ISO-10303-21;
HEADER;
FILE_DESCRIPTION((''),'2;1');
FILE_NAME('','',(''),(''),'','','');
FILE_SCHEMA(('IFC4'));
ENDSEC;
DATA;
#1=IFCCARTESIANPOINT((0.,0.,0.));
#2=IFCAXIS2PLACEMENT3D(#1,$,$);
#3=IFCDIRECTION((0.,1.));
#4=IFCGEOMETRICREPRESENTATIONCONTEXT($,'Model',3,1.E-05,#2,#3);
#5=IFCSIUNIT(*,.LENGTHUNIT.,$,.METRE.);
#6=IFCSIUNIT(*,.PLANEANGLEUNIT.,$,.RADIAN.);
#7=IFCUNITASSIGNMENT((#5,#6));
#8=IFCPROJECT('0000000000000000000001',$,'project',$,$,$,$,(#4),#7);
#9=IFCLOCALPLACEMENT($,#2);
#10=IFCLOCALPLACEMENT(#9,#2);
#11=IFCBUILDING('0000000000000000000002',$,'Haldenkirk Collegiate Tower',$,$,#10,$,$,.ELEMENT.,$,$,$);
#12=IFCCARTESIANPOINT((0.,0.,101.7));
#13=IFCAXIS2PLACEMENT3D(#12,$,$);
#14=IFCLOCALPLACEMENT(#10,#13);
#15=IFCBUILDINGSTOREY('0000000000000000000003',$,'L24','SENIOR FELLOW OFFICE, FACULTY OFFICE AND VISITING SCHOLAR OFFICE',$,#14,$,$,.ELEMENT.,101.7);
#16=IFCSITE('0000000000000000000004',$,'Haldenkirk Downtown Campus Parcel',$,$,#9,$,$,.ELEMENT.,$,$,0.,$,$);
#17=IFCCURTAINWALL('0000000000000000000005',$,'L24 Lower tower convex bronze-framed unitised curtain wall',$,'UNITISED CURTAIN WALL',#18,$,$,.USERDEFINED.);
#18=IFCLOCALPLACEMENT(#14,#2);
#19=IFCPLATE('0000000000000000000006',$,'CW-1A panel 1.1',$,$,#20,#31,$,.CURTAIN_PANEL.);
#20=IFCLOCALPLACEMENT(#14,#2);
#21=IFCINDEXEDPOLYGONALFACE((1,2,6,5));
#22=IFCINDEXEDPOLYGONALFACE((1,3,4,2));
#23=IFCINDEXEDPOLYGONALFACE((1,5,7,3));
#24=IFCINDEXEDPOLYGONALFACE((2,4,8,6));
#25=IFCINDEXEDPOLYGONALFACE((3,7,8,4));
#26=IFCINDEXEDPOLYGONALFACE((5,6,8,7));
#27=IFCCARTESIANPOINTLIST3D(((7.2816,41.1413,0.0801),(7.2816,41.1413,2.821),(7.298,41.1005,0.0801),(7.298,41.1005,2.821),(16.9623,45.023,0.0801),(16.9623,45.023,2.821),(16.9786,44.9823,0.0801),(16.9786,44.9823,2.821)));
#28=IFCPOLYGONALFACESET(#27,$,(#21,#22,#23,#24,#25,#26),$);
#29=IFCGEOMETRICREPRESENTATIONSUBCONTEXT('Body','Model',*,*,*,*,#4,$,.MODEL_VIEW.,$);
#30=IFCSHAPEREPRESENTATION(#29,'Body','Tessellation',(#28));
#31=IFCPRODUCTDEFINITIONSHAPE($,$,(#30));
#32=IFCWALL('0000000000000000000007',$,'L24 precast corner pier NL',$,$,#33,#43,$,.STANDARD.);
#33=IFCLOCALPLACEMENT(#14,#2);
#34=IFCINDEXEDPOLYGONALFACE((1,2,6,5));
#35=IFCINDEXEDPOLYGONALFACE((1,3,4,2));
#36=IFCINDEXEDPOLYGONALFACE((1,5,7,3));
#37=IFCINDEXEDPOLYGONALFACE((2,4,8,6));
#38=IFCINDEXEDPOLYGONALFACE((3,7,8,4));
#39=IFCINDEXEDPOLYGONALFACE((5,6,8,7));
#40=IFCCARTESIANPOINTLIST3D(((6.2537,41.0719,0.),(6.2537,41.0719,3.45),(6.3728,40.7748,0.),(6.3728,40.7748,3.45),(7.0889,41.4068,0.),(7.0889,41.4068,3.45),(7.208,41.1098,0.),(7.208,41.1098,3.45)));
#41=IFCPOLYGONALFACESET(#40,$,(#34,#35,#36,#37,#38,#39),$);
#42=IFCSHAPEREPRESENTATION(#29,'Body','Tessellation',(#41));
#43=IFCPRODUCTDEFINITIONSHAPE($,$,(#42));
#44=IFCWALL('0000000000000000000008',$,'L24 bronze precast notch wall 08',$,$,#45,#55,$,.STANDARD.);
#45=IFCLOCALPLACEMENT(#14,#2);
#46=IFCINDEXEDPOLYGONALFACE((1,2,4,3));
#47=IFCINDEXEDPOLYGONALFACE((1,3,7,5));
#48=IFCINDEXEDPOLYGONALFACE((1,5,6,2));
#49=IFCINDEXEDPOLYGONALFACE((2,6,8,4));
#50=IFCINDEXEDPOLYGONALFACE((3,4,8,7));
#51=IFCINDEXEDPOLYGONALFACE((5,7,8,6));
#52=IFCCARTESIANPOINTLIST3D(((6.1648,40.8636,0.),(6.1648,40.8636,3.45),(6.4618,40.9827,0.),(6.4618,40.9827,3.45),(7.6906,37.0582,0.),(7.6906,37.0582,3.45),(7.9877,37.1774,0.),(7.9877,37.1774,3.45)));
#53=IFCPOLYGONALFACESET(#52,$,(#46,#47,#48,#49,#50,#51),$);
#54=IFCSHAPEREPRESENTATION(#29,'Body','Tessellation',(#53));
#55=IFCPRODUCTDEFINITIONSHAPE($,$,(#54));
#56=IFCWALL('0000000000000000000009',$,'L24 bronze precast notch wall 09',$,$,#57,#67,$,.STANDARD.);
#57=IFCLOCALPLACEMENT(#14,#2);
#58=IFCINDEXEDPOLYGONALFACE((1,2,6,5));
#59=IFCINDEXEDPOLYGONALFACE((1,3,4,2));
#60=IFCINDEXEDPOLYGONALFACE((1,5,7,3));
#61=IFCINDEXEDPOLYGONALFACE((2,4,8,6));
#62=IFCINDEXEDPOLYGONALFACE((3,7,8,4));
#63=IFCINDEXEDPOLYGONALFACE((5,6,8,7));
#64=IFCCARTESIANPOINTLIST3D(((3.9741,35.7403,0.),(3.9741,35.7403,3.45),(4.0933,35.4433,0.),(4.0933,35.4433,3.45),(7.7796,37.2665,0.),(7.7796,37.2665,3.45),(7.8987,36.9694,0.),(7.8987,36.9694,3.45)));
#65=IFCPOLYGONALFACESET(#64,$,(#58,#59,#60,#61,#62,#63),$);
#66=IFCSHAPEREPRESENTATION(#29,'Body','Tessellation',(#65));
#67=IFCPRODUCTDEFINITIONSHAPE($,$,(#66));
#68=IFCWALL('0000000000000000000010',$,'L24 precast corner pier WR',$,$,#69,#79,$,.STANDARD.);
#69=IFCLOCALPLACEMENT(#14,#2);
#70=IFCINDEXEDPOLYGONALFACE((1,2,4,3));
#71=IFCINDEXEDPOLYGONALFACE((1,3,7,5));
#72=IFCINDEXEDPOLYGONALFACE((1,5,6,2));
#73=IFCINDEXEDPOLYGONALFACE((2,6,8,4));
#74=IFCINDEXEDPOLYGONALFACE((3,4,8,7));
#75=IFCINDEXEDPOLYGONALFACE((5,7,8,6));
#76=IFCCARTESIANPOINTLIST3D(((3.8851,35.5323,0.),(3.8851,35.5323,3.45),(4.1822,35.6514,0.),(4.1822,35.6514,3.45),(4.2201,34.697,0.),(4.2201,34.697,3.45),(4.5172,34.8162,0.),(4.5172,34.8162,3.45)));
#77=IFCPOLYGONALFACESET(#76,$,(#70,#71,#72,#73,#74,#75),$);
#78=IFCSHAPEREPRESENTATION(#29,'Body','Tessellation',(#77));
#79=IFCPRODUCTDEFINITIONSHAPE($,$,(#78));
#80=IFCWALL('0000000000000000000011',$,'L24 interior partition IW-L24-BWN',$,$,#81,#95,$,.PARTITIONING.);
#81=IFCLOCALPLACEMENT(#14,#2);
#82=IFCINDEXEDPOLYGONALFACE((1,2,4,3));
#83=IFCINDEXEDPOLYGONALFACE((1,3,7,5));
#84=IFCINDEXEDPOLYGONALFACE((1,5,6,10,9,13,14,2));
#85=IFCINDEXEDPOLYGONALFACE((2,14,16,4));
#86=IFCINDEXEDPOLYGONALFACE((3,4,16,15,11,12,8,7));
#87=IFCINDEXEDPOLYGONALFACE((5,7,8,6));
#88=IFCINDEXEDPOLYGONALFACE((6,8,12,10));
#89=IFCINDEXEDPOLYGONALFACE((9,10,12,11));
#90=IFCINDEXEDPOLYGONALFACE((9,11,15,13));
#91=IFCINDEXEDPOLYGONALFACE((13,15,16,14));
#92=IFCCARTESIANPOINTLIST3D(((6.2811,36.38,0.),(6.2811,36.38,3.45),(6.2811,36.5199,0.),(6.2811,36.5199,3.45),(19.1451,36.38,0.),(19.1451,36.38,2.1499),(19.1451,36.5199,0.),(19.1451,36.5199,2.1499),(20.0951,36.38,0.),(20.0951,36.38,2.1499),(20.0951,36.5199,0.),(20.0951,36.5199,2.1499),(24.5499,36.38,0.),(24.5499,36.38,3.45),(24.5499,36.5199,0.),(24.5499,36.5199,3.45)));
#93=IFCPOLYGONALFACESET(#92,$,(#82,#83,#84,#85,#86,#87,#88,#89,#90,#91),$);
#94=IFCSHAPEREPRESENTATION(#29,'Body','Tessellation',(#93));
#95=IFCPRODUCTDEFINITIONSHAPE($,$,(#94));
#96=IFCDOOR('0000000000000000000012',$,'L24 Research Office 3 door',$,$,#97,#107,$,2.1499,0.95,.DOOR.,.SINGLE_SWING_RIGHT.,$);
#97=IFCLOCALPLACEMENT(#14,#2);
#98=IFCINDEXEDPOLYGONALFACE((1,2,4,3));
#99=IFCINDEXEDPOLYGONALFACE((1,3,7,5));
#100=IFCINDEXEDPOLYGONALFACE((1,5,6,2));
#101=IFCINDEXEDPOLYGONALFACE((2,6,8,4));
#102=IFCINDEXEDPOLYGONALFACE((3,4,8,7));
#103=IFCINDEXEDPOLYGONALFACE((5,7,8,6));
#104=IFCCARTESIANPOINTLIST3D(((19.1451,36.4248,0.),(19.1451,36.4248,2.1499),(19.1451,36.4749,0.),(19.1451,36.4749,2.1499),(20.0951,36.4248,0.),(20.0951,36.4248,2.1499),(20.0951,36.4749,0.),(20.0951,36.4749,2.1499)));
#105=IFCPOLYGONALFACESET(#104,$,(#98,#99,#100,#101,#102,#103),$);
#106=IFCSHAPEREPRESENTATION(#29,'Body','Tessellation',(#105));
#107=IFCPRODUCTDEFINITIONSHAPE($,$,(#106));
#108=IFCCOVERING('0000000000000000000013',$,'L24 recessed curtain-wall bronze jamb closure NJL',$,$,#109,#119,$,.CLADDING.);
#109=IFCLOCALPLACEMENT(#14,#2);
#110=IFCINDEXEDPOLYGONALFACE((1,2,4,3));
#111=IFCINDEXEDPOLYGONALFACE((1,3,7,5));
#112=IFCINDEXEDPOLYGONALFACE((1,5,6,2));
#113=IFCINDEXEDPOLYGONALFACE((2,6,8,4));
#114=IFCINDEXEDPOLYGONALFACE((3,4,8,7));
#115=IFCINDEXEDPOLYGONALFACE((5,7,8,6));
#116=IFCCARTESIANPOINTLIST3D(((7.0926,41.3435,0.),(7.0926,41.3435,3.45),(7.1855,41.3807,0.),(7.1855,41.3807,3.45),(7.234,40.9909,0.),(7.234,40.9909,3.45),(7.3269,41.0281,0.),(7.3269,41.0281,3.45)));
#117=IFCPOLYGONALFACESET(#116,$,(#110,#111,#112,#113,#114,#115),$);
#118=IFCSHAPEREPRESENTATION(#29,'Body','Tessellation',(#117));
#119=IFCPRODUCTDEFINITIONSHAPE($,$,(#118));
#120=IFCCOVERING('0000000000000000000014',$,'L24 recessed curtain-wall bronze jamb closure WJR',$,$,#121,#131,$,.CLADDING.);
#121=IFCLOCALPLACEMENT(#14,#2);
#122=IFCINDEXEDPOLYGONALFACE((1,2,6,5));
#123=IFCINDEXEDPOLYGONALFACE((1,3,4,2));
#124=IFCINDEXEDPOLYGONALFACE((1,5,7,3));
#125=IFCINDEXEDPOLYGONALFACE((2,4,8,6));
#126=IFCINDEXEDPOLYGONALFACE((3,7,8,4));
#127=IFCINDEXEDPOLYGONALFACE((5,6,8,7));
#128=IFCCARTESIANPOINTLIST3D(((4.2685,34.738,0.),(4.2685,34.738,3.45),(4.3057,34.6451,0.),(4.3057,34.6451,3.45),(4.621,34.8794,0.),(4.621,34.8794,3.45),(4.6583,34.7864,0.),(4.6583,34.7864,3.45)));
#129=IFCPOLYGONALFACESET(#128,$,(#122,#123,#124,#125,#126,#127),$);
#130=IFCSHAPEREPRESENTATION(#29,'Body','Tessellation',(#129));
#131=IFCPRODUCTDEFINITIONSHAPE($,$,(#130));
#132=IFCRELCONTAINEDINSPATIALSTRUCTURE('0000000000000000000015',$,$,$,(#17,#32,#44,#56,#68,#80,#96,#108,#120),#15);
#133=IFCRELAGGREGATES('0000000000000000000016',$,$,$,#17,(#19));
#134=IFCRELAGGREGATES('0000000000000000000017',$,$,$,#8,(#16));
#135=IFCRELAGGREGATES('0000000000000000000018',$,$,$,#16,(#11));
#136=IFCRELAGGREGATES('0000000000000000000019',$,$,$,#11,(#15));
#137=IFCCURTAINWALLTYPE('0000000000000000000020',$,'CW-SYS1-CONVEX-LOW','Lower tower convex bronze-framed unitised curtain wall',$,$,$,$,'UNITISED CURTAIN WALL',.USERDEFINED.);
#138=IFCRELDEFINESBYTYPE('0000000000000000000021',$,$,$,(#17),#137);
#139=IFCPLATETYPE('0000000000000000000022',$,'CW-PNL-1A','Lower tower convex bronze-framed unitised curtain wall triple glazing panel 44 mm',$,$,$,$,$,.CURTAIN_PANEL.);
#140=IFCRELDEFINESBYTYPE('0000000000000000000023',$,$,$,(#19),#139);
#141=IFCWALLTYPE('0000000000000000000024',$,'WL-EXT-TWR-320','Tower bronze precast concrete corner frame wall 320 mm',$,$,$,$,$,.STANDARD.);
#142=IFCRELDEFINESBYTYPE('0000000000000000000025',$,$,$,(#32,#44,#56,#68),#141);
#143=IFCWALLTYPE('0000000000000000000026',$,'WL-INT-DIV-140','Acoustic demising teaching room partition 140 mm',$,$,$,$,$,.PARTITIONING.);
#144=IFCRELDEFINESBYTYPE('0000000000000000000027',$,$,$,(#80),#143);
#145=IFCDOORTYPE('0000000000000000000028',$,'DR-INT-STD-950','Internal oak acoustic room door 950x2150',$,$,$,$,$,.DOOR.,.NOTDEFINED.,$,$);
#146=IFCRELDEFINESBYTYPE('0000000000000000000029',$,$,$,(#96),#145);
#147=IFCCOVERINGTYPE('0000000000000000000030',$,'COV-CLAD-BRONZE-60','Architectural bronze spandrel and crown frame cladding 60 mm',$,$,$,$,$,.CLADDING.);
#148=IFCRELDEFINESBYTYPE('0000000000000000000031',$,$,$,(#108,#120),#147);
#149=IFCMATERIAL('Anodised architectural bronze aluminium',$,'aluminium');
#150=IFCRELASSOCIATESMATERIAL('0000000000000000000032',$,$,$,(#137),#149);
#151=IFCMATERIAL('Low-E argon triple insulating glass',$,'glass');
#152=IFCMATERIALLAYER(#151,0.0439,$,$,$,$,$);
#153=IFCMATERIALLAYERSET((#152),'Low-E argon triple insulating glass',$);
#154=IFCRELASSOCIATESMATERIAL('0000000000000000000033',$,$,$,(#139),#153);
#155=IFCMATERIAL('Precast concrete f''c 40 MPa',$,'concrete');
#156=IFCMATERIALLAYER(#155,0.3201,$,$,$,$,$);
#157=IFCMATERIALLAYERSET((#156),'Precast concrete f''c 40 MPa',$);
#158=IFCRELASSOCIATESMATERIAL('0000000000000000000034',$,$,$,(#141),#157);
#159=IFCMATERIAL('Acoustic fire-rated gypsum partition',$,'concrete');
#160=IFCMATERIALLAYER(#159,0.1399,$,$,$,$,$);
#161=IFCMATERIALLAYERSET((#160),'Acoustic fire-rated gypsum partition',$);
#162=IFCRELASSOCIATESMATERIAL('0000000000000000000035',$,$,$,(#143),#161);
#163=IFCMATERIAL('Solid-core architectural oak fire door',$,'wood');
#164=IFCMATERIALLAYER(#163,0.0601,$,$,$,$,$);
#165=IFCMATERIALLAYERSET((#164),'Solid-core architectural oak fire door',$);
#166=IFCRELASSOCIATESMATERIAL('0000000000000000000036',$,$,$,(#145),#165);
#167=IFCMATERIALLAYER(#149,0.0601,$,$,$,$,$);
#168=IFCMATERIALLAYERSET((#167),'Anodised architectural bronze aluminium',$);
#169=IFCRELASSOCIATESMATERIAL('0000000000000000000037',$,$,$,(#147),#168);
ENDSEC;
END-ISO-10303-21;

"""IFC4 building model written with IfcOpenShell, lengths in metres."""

from ifc_helpers import new_model, si_unit, direction, frame, frame_2d, origin, origin_2d, place, context, subcontext, project, spatial, rectangle, extrude, source, transform, mapped, material, layer, layer_set, type_object, element, fill, aggregate, save


model = new_model("IFC4")

# Units and contexts
model_context = context("Model", 3, precision=1e-05, world=origin(), true_north=direction((0.0, 1.0)))
body_context = subcontext(model_context, "Body", "Model", "MODEL_VIEW")
ifc_project = project(units=[si_unit("LENGTHUNIT", "METRE"), si_unit("PLANEANGLEUNIT", "RADIAN")], contexts=[model_context])

# Site, building, storey
site_placement = place(None, origin())
site = spatial("IfcSite", under=ifc_project, at=site_placement, Name="Haldenkirk Downtown Campus Parcel", CompositionType="ELEMENT", RefElevation=0.0)
building_placement = place(site_placement, origin())
building = spatial("IfcBuilding", under=site, at=building_placement, Name="Haldenkirk Collegiate Tower", CompositionType="ELEMENT")
storey_placement = place(building_placement, frame((0.0, 0.0, 101.7)))
storey = spatial("IfcBuildingStorey", under=building, at=storey_placement, Name="L24", Description="SENIOR FELLOW OFFICE, FACULTY OFFICE AND VISITING SCHOLAR OFFICE", CompositionType="ELEMENT", Elevation=101.7)

# Curtain wall
ifc_material_1 = material(Name="Anodised architectural bronze aluminium", Category="aluminium")
curtain_wall_type = type_object("IfcCurtainWallType", Name="CW-SYS1-CONVEX-LOW", Description="Lower tower convex bronze-framed unitised curtain wall", ElementType="UNITISED CURTAIN WALL", PredefinedType="USERDEFINED", material=ifc_material_1)
curtain_wall_1_placement = place(storey_placement, origin())
curtain_wall_1 = element("IfcCurtainWall", 1, at=curtain_wall_1_placement, inside=storey, type_object=curtain_wall_type, Name="L24 Lower tower convex bronze-framed unitised curtain wall", ObjectType="UNITISED CURTAIN WALL", PredefinedType="USERDEFINED")

# Plate
ifc_material_2 = material(Name="Low-E argon triple insulating glass", Category="glass")
ifc_layer_1 = layer(ifc_material_2, 0.0439)
ifc_layer_set_1 = layer_set([ifc_layer_1], Name="Low-E argon triple insulating glass")
plate_type = type_object("IfcPlateType", Name="CW-PNL-1A", Description="Lower tower convex bronze-framed unitised curtain wall triple glazing panel 44 mm", PredefinedType="CURTAIN_PANEL", material=ifc_layer_set_1)
shared_shape_1 = source(origin(), body_context, "Body", "SweptSolid", [
    extrude(rectangle(XDim=10.4299, YDim=0.0439, at=origin_2d()), origin(), (0.0, 0.0, 1.0), 2.741),
])
plate_placement = place(storey_placement, frame((12.1301, 43.0618, 0.0801), z_axis=(0.0, 0.0, 1.0), x_axis=(0.928163, 0.372175, 0.0)))
plate = element("IfcPlate", 2, at=plate_placement, type_object=plate_type, Name="CW-1A panel 1.1", PredefinedType="CURTAIN_PANEL", context=body_context, shape_type="MappedRepresentation", body=[
    mapped(shared_shape_1, transform((0.0, 0.0, 0.0), x_axis=(1.0, 0.0, 0.0), y_axis=(0.0, 1.0, 0.0), z_axis=(0.0, 0.0, 1.0), scale=1.0)),
])
aggregate(curtain_wall_1, [plate])

# Walls
ifc_material_3 = material(Name="Precast concrete f'c 40 MPa", Category="concrete")
ifc_layer_2 = layer(ifc_material_3, 0.3201)
ifc_layer_set_2 = layer_set([ifc_layer_2], Name="Precast concrete f'c 40 MPa")
wall_type_1 = type_object("IfcWallType", Name="WL-EXT-TWR-320", Description="Tower bronze precast concrete corner frame wall 320 mm", PredefinedType="STANDARD", material=ifc_layer_set_2)
wall_1_placement = place(storey_placement, frame((6.3132, 40.9233, 0.0), z_axis=(0.0, 0.0, 1.0), x_axis=(0.92814, 0.372233, 0.0)))
element("IfcWall", 3, at=wall_1_placement, inside=storey, type_object=wall_type_1, Name="L24 precast corner pier NL", PredefinedType="STANDARD", context=body_context, shape_type="SweptSolid", body=[
    extrude(rectangle(XDim=0.8999, YDim=0.3201, at=frame_2d((0.45, 0.0))), origin(), (0.0, 0.0, 1.0), 3.45),
])
wall_2_placement = place(storey_placement, frame((7.8391, 37.1179, 0.0), z_axis=(0.0, 0.0, 1.0), x_axis=(-0.372171, 0.928164, 0.0)))
element("IfcWall", 4, at=wall_2_placement, inside=storey, type_object=wall_type_1, Name="L24 bronze precast notch wall 08", PredefinedType="STANDARD", context=body_context, shape_type="SweptSolid", body=[
    extrude(rectangle(XDim=4.0999, YDim=0.3201, at=frame_2d((2.0498, 0.0))), origin(), (0.0, 0.0, 1.0), 3.45),
])
wall_3_placement = place(storey_placement, frame((4.0337, 35.5918, 0.0), z_axis=(0.0, 0.0, 1.0), x_axis=(0.928144, 0.372222, 0.0)))
element("IfcWall", 5, at=wall_3_placement, inside=storey, type_object=wall_type_1, Name="L24 bronze precast notch wall 09", PredefinedType="STANDARD", context=body_context, shape_type="SweptSolid", body=[
    extrude(rectangle(XDim=4.1001, YDim=0.3201, at=frame_2d((2.05, 0.0))), origin(), (0.0, 0.0, 1.0), 3.45),
])
wall_4_placement = place(storey_placement, frame((4.3687, 34.7566, 0.0), z_axis=(0.0, 0.0, 1.0), x_axis=(-0.372233, 0.92814, 0.0)))
element("IfcWall", 6, at=wall_4_placement, inside=storey, type_object=wall_type_1, Name="L24 precast corner pier WR", PredefinedType="STANDARD", context=body_context, shape_type="SweptSolid", body=[
    extrude(rectangle(XDim=0.8999, YDim=0.3201, at=frame_2d((0.45, 0.0))), origin(), (0.0, 0.0, 1.0), 3.45),
])

# Wall, opening, door
ifc_material_4 = material(Name="Acoustic fire-rated gypsum partition", Category="concrete")
ifc_layer_3 = layer(ifc_material_4, 0.1399)
ifc_layer_set_3 = layer_set([ifc_layer_3], Name="Acoustic fire-rated gypsum partition")
wall_type_2 = type_object("IfcWallType", Name="WL-INT-DIV-140", Description="Acoustic demising teaching room partition 140 mm", PredefinedType="PARTITIONING", material=ifc_layer_set_3)
wall_5_placement = place(storey_placement, frame((6.2812, 36.45, 0.0), z_axis=(0.0, 0.0, 1.0), x_axis=(1.0, 0.0, 0.0)))
wall_5 = element("IfcWall", 7, at=wall_5_placement, inside=storey, type_object=wall_type_2, Name="L24 interior partition IW-L24-BWN", PredefinedType="PARTITIONING", context=body_context, shape_type="SweptSolid", body=[
    extrude(rectangle(XDim=18.2688, YDim=0.1399, at=frame_2d((9.1343, 0.0))), origin(), (0.0, 0.0, 1.0), 3.45),
])
opening_placement = place(wall_5_placement, frame((12.8638, 0.0, 0.0)))
opening = element("IfcOpeningElement", 8, at=opening_placement, cuts=wall_5, PredefinedType="OPENING", context=body_context, shape_type="SweptSolid", body=[
    extrude(rectangle(XDim=0.95, YDim=2.1499, at=frame_2d((0.4751, 1.075))), frame((0.0, 0.0798, 0.0), z_axis=(0.0, -1.0, 0.0), x_axis=(1.0, 0.0, 0.0)), (0.0, 0.0, 1.0), 0.1599),
])
ifc_material_5 = material(Name="Solid-core architectural oak fire door", Category="wood")
ifc_layer_4 = layer(ifc_material_5, 0.0601)
ifc_layer_set_4 = layer_set([ifc_layer_4], Name="Solid-core architectural oak fire door")
door_type = type_object("IfcDoorType", Name="DR-INT-STD-950", Description="Internal oak acoustic room door 950x2150", OperationType="NOTDEFINED", PredefinedType="DOOR", material=ifc_layer_set_4)
door_placement = place(opening_placement, origin())
door = element("IfcDoor", 9, at=door_placement, inside=storey, type_object=door_type, Name="L24 Research Office 3 door", OperationType="SINGLE_SWING_RIGHT", OverallHeight=2.1499, OverallWidth=0.95, PredefinedType="DOOR", context=body_context, shape_type="SweptSolid", body=[
    extrude(rectangle(XDim=0.95, YDim=2.1499, at=frame_2d((0.4751, 1.075))), frame((0.0, 0.0249, 0.0), z_axis=(0.0, -1.0, 0.0), x_axis=(1.0, 0.0, 0.0)), (0.0, 0.0, 1.0), 0.05),
])
fill(opening, door)

# Coverings
ifc_layer_5 = layer(ifc_material_1, 0.0601)
ifc_layer_set_5 = layer_set([ifc_layer_5], Name="Anodised architectural bronze aluminium")
covering_type = type_object("IfcCoveringType", Name="COV-CLAD-BRONZE-60", Description="Architectural bronze spandrel and crown frame cladding 60 mm", PredefinedType="CLADDING", material=ifc_layer_set_5)
shared_shape_2 = source(origin(), body_context, "Body", "SweptSolid", [
    extrude(rectangle(XDim=0.1001, YDim=0.3799, at=origin_2d()), origin(), (0.0, 0.0, 1.0), 3.45),
])
for number, where, z_axis, x_axis, name in (
    (10, (7.2097, 41.1858, 0.0), (0.0, 0.0, 1.0), (0.928161, 0.372178, 0.0), "L24 recessed curtain-wall bronze jamb closure NJL"),
    (11, (4.4634, 34.7622, 0.0), (0.0, 0.0, 1.0), (-0.372178, 0.928161, 0.0), "L24 recessed curtain-wall bronze jamb closure WJR"),
):
    element("IfcCovering", number, at=place(storey_placement, frame(where, z_axis=z_axis, x_axis=x_axis)), inside=storey, type_object=covering_type, Name=name, PredefinedType="CLADDING", context=body_context, shape_type="MappedRepresentation", body=[
        mapped(shared_shape_2, transform((0.0, 0.0, 0.0), x_axis=(1.0, 0.0, 0.0), y_axis=(0.0, 1.0, 0.0), z_axis=(0.0, 0.0, 1.0), scale=1.0)),
    ])

save(model, "model.ifc")
